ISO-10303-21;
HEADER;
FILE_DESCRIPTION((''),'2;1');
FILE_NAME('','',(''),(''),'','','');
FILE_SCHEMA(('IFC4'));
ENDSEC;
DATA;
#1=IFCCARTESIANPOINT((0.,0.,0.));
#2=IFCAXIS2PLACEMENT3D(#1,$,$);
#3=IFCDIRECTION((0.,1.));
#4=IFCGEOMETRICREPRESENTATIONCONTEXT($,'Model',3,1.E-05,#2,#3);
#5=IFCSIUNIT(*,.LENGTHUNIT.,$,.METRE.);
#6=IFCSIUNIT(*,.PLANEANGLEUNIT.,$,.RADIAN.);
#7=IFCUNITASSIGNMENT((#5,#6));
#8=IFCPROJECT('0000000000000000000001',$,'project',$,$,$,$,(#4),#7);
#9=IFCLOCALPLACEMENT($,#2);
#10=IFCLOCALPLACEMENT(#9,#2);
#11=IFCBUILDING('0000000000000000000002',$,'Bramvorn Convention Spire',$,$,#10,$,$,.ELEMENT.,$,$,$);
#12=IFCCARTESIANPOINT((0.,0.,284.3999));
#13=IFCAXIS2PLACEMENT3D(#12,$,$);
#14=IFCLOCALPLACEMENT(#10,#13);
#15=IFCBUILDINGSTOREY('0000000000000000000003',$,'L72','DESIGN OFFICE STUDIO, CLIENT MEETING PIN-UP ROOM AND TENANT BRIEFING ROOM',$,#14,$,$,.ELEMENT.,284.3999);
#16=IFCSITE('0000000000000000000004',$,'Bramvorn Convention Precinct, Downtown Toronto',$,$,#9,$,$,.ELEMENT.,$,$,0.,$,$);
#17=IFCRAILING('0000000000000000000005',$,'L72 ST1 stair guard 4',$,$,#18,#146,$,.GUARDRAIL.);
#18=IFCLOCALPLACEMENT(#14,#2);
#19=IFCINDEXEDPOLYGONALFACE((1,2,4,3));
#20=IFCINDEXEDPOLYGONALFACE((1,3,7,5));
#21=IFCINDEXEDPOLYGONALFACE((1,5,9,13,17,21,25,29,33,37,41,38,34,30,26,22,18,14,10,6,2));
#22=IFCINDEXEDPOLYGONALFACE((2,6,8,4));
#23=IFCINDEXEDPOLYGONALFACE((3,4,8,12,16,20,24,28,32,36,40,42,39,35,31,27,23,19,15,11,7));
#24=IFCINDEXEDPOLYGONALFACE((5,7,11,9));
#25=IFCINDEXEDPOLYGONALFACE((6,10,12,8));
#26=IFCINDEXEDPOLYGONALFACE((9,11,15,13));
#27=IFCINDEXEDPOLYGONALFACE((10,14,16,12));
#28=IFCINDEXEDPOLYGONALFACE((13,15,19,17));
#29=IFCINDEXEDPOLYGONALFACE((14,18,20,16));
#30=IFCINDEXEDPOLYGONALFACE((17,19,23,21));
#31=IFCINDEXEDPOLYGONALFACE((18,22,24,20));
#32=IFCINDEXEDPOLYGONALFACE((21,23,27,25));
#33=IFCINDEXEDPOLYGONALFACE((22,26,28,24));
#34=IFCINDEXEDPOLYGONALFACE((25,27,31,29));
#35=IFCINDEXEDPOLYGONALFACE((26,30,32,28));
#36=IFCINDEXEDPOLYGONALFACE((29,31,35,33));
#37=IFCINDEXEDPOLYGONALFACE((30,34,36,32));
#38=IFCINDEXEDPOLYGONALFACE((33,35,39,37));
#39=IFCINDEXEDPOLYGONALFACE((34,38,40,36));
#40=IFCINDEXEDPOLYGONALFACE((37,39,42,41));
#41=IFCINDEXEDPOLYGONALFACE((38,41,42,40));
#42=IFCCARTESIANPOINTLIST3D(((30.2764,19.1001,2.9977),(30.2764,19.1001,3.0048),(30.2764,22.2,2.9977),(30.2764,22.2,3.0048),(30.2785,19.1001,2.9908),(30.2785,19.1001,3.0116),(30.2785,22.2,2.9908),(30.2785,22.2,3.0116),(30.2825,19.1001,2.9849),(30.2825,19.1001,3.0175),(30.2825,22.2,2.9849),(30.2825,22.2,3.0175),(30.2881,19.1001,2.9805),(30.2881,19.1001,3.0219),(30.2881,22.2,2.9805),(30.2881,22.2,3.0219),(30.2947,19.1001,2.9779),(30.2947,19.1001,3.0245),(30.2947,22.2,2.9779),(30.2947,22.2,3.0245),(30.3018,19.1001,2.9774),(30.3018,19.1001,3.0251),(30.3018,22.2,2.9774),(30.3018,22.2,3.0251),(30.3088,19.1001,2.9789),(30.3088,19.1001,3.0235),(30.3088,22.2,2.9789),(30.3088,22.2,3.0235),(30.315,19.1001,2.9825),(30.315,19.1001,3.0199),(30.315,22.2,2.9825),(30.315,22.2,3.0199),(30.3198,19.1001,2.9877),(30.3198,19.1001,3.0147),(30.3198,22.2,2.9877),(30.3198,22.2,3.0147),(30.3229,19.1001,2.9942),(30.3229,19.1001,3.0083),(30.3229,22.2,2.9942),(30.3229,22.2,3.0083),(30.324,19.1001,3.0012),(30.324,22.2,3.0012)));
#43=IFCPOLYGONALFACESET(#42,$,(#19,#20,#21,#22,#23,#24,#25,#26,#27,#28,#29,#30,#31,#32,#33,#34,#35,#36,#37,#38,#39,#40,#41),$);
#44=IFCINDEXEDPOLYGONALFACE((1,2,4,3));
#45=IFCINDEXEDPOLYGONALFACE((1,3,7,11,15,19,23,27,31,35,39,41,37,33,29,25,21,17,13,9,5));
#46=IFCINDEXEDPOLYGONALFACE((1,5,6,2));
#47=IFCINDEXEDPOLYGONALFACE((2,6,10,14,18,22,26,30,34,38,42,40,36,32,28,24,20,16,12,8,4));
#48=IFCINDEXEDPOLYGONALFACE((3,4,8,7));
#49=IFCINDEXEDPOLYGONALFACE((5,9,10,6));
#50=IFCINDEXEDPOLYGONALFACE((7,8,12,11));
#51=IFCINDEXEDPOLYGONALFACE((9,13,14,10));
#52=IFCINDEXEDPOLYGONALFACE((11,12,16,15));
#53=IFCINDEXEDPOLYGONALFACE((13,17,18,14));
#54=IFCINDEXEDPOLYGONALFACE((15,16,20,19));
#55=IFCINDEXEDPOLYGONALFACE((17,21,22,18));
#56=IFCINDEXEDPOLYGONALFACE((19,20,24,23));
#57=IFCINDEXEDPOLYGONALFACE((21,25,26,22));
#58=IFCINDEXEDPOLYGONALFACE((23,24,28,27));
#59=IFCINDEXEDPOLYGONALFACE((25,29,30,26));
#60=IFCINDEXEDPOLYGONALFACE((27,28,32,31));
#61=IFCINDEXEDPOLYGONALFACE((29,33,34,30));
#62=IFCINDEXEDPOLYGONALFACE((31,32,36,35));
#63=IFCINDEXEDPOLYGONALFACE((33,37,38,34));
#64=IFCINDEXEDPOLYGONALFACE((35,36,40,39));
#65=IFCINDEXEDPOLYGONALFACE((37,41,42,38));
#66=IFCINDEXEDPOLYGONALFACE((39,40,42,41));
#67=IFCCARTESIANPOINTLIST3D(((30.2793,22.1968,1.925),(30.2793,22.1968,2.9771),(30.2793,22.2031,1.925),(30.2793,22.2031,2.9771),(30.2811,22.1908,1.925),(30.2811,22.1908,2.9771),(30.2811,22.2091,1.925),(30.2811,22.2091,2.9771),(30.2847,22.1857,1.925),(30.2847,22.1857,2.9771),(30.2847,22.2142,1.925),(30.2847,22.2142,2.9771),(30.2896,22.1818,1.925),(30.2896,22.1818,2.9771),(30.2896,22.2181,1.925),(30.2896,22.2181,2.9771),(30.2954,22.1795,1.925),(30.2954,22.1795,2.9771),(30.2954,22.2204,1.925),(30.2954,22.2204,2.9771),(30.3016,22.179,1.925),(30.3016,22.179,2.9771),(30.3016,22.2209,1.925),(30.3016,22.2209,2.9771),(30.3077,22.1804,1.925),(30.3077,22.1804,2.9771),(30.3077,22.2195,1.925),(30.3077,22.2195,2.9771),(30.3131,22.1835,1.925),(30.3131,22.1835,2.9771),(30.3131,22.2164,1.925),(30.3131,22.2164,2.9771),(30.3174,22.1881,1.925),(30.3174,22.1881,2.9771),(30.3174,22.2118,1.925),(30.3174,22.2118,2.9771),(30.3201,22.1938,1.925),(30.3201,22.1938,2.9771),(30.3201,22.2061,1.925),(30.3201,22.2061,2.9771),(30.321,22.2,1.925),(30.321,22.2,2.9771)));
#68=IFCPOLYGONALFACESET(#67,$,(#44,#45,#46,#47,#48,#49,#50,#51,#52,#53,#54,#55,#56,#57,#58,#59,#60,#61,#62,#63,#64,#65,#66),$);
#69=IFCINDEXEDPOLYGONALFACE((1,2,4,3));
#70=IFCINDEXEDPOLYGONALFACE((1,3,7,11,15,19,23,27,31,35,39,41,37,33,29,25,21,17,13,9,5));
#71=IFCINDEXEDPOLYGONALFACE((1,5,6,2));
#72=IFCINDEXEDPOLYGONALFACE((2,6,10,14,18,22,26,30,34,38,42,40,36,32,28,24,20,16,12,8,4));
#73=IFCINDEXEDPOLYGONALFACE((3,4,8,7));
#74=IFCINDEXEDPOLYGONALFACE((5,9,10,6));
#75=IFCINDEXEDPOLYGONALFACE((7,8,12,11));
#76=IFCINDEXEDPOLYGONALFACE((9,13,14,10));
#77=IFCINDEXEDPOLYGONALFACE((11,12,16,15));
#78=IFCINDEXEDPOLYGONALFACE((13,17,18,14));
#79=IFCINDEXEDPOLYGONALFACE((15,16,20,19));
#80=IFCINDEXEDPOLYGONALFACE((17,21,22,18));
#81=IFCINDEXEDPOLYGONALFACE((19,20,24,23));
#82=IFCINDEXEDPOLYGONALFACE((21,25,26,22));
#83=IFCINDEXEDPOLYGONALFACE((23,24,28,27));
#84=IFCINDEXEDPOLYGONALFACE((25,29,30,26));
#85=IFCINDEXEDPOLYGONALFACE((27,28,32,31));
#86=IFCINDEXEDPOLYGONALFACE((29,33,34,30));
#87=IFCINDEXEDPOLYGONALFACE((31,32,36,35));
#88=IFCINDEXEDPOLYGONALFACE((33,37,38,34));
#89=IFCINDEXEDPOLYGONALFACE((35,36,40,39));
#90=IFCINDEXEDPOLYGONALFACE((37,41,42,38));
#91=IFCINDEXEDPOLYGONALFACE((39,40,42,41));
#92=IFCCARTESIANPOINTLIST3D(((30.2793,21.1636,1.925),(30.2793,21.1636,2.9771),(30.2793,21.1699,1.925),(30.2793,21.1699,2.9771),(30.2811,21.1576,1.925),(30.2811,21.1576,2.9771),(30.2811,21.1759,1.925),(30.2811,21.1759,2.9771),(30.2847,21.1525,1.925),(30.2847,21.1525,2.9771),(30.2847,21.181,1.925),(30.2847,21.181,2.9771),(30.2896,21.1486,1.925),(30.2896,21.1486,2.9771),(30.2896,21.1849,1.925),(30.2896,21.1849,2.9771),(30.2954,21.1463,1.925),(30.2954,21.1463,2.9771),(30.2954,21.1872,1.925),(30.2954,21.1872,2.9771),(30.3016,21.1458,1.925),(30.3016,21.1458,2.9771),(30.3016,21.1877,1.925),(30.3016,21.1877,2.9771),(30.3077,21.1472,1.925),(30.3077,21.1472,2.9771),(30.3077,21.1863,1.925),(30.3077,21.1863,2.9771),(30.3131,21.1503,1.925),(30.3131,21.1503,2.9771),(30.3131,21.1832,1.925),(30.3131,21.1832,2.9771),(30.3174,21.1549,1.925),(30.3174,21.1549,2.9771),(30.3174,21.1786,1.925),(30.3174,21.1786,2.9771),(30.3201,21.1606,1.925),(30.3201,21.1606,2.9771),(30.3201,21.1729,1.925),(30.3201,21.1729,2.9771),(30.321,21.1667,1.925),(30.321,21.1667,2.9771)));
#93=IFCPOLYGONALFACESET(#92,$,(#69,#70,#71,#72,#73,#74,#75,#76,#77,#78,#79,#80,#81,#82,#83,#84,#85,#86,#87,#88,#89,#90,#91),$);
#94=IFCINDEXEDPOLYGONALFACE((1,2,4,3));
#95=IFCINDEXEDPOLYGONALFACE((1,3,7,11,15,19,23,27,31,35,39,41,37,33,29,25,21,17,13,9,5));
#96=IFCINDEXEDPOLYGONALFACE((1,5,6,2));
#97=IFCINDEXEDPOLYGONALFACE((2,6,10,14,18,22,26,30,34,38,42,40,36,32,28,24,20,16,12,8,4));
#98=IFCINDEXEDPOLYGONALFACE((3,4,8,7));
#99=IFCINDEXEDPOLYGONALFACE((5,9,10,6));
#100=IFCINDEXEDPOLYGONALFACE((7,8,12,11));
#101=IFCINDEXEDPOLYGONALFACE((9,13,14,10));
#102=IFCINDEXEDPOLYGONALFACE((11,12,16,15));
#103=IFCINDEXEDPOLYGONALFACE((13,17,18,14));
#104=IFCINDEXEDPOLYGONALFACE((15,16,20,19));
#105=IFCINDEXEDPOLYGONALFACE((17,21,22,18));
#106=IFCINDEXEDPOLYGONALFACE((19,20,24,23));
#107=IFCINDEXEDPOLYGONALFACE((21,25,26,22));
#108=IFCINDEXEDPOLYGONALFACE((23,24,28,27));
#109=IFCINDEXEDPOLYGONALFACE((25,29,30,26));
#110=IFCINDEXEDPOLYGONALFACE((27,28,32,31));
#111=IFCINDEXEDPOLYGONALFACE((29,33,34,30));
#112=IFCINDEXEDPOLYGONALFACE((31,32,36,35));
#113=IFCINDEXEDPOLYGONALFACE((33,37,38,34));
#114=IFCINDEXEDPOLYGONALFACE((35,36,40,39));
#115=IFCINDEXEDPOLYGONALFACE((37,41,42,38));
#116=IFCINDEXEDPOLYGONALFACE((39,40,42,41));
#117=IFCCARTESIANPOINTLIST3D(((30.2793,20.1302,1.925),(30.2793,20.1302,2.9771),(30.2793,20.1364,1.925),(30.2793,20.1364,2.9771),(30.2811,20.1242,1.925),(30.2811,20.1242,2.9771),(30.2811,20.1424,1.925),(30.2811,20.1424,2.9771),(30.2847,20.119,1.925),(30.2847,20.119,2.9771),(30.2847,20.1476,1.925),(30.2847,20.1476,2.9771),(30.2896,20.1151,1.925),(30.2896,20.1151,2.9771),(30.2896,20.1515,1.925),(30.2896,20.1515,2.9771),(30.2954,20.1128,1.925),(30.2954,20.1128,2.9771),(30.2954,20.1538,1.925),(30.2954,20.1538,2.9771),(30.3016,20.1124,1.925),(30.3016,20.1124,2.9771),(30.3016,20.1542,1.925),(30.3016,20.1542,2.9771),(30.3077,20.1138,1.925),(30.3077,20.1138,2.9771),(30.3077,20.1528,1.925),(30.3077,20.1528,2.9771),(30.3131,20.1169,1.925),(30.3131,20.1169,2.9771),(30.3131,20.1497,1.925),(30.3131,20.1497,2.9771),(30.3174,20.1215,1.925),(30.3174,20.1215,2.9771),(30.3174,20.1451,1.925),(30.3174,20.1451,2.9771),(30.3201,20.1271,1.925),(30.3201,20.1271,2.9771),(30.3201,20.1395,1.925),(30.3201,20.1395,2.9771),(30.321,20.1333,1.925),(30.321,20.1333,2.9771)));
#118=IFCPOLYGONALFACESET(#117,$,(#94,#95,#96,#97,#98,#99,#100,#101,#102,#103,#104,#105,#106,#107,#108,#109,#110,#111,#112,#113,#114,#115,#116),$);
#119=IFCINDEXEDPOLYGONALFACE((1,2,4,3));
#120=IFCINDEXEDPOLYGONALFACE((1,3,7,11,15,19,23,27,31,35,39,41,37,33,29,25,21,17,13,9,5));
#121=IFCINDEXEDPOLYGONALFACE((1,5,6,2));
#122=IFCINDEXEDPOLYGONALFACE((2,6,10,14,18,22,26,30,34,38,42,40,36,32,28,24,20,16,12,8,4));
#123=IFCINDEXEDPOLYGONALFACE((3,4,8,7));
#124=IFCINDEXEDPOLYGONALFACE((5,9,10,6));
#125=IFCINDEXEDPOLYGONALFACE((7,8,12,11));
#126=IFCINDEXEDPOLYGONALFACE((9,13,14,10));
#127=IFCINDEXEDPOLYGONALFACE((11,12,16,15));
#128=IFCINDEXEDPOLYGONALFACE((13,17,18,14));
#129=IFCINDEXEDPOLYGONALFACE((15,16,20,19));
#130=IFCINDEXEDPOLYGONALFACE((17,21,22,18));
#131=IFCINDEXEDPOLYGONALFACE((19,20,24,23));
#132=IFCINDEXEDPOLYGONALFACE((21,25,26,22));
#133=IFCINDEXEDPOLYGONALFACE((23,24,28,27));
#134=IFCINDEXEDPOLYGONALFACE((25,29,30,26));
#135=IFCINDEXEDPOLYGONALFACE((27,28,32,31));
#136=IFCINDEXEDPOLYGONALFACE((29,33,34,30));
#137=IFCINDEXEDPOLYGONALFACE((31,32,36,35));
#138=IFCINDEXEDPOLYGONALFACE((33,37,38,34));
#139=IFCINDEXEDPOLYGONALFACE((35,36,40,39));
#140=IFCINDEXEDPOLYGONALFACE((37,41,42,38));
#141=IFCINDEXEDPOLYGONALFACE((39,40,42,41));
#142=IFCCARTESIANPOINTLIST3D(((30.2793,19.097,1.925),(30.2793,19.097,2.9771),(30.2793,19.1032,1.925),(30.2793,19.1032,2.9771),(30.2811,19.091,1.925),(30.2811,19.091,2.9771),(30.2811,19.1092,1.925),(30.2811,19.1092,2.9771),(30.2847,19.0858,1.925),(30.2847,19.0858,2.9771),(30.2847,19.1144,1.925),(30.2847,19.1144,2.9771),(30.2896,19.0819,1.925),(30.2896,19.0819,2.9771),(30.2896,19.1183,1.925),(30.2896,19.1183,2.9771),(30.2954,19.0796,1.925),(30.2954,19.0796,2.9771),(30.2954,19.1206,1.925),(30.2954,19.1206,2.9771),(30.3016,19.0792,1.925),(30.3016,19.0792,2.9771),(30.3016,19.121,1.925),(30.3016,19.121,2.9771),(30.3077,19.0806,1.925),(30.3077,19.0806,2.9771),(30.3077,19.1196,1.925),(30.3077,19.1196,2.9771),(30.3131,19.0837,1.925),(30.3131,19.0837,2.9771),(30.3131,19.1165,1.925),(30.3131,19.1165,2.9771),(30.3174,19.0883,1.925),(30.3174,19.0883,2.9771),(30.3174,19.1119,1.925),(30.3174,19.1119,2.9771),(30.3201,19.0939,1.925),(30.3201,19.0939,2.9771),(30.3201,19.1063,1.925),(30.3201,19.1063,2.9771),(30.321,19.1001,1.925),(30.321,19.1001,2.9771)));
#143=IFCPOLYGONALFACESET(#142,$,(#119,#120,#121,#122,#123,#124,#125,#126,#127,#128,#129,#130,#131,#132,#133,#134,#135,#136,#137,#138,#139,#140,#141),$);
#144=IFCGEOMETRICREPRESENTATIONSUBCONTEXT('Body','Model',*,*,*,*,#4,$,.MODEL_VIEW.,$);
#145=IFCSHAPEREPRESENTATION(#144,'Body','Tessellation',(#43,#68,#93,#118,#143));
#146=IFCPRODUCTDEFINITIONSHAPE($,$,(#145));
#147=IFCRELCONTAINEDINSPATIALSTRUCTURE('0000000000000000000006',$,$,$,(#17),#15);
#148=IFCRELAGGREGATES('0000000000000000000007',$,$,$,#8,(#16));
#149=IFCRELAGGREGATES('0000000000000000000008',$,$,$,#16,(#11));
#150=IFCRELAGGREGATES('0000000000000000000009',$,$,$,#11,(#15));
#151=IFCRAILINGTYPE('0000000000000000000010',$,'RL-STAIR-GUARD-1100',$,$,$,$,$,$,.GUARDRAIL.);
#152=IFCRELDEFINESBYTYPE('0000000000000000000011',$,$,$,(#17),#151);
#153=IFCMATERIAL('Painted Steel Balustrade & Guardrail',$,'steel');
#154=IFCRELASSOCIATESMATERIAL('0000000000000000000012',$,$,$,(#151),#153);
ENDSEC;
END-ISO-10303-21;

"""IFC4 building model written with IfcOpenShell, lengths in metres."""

from ifc_helpers import new_model, si_unit, direction, frame, origin, origin_2d, place, context, subcontext, project, spatial, circle, extrude, material, type_object, element, save


model = new_model("IFC4")

# Units and contexts
model_context = context("Model", 3, precision=1e-05, world=origin(), true_north=direction((0.0, 1.0)))
body_context = subcontext(model_context, "Body", "Model", "MODEL_VIEW")
ifc_project = project(units=[si_unit("LENGTHUNIT", "METRE"), si_unit("PLANEANGLEUNIT", "RADIAN")], contexts=[model_context])

# Site, building, storey
site_placement = place(None, origin())
site = spatial("IfcSite", under=ifc_project, at=site_placement, Name="Bramvorn Convention Precinct, Downtown Toronto", CompositionType="ELEMENT", RefElevation=0.0)
building_placement = place(site_placement, origin())
building = spatial("IfcBuilding", under=site, at=building_placement, Name="Bramvorn Convention Spire", CompositionType="ELEMENT")
storey_placement = place(building_placement, frame((0.0, 0.0, 284.3999)))
storey = spatial("IfcBuildingStorey", under=building, at=storey_placement, Name="L72", Description="DESIGN OFFICE STUDIO, CLIENT MEETING PIN-UP ROOM AND TENANT BRIEFING ROOM", CompositionType="ELEMENT", Elevation=284.3999)

# Railing
ifc_material_1 = material(Name="Painted Steel Balustrade & Guardrail", Category="steel")
railing_type_1 = type_object("IfcRailingType", Name="RL-STAIR-GUARD-1100", PredefinedType="GUARDRAIL", material=ifc_material_1)
for number, where, name in (
    (1, (30.3, 22.2, 1.925), "L72 ST1 stair guard 4"),
):
    element("IfcRailing", number, at=place(storey_placement, frame(where)), inside=storey, type_object=railing_type_1, Name=name, PredefinedType="GUARDRAIL", context=body_context, shape_type="SweptSolid", body=[
        extrude(circle(Radius=0.0239, at=origin_2d()), frame((0.0, 0.0, 1.0762), z_axis=(0.0, -1.0, 0.0), x_axis=(1.0, 0.0, 0.0)), (0.0, 0.0, 1.0), 3.0999),
        extrude(circle(Radius=0.021, at=origin_2d()), origin(), (0.0, 0.0, 1.0), 1.052),
        extrude(circle(Radius=0.021, at=origin_2d()), frame((0.0, -1.0332, 0.0)), (0.0, 0.0, 1.0), 1.052),
        extrude(circle(Radius=0.021, at=origin_2d()), frame((0.0, -2.0667, 0.0)), (0.0, 0.0, 1.0), 1.052),
        extrude(circle(Radius=0.021, at=origin_2d()), frame((0.0, -3.0999, 0.0)), (0.0, 0.0, 1.0), 1.052),
    ])

save(model, "model.ifc")
